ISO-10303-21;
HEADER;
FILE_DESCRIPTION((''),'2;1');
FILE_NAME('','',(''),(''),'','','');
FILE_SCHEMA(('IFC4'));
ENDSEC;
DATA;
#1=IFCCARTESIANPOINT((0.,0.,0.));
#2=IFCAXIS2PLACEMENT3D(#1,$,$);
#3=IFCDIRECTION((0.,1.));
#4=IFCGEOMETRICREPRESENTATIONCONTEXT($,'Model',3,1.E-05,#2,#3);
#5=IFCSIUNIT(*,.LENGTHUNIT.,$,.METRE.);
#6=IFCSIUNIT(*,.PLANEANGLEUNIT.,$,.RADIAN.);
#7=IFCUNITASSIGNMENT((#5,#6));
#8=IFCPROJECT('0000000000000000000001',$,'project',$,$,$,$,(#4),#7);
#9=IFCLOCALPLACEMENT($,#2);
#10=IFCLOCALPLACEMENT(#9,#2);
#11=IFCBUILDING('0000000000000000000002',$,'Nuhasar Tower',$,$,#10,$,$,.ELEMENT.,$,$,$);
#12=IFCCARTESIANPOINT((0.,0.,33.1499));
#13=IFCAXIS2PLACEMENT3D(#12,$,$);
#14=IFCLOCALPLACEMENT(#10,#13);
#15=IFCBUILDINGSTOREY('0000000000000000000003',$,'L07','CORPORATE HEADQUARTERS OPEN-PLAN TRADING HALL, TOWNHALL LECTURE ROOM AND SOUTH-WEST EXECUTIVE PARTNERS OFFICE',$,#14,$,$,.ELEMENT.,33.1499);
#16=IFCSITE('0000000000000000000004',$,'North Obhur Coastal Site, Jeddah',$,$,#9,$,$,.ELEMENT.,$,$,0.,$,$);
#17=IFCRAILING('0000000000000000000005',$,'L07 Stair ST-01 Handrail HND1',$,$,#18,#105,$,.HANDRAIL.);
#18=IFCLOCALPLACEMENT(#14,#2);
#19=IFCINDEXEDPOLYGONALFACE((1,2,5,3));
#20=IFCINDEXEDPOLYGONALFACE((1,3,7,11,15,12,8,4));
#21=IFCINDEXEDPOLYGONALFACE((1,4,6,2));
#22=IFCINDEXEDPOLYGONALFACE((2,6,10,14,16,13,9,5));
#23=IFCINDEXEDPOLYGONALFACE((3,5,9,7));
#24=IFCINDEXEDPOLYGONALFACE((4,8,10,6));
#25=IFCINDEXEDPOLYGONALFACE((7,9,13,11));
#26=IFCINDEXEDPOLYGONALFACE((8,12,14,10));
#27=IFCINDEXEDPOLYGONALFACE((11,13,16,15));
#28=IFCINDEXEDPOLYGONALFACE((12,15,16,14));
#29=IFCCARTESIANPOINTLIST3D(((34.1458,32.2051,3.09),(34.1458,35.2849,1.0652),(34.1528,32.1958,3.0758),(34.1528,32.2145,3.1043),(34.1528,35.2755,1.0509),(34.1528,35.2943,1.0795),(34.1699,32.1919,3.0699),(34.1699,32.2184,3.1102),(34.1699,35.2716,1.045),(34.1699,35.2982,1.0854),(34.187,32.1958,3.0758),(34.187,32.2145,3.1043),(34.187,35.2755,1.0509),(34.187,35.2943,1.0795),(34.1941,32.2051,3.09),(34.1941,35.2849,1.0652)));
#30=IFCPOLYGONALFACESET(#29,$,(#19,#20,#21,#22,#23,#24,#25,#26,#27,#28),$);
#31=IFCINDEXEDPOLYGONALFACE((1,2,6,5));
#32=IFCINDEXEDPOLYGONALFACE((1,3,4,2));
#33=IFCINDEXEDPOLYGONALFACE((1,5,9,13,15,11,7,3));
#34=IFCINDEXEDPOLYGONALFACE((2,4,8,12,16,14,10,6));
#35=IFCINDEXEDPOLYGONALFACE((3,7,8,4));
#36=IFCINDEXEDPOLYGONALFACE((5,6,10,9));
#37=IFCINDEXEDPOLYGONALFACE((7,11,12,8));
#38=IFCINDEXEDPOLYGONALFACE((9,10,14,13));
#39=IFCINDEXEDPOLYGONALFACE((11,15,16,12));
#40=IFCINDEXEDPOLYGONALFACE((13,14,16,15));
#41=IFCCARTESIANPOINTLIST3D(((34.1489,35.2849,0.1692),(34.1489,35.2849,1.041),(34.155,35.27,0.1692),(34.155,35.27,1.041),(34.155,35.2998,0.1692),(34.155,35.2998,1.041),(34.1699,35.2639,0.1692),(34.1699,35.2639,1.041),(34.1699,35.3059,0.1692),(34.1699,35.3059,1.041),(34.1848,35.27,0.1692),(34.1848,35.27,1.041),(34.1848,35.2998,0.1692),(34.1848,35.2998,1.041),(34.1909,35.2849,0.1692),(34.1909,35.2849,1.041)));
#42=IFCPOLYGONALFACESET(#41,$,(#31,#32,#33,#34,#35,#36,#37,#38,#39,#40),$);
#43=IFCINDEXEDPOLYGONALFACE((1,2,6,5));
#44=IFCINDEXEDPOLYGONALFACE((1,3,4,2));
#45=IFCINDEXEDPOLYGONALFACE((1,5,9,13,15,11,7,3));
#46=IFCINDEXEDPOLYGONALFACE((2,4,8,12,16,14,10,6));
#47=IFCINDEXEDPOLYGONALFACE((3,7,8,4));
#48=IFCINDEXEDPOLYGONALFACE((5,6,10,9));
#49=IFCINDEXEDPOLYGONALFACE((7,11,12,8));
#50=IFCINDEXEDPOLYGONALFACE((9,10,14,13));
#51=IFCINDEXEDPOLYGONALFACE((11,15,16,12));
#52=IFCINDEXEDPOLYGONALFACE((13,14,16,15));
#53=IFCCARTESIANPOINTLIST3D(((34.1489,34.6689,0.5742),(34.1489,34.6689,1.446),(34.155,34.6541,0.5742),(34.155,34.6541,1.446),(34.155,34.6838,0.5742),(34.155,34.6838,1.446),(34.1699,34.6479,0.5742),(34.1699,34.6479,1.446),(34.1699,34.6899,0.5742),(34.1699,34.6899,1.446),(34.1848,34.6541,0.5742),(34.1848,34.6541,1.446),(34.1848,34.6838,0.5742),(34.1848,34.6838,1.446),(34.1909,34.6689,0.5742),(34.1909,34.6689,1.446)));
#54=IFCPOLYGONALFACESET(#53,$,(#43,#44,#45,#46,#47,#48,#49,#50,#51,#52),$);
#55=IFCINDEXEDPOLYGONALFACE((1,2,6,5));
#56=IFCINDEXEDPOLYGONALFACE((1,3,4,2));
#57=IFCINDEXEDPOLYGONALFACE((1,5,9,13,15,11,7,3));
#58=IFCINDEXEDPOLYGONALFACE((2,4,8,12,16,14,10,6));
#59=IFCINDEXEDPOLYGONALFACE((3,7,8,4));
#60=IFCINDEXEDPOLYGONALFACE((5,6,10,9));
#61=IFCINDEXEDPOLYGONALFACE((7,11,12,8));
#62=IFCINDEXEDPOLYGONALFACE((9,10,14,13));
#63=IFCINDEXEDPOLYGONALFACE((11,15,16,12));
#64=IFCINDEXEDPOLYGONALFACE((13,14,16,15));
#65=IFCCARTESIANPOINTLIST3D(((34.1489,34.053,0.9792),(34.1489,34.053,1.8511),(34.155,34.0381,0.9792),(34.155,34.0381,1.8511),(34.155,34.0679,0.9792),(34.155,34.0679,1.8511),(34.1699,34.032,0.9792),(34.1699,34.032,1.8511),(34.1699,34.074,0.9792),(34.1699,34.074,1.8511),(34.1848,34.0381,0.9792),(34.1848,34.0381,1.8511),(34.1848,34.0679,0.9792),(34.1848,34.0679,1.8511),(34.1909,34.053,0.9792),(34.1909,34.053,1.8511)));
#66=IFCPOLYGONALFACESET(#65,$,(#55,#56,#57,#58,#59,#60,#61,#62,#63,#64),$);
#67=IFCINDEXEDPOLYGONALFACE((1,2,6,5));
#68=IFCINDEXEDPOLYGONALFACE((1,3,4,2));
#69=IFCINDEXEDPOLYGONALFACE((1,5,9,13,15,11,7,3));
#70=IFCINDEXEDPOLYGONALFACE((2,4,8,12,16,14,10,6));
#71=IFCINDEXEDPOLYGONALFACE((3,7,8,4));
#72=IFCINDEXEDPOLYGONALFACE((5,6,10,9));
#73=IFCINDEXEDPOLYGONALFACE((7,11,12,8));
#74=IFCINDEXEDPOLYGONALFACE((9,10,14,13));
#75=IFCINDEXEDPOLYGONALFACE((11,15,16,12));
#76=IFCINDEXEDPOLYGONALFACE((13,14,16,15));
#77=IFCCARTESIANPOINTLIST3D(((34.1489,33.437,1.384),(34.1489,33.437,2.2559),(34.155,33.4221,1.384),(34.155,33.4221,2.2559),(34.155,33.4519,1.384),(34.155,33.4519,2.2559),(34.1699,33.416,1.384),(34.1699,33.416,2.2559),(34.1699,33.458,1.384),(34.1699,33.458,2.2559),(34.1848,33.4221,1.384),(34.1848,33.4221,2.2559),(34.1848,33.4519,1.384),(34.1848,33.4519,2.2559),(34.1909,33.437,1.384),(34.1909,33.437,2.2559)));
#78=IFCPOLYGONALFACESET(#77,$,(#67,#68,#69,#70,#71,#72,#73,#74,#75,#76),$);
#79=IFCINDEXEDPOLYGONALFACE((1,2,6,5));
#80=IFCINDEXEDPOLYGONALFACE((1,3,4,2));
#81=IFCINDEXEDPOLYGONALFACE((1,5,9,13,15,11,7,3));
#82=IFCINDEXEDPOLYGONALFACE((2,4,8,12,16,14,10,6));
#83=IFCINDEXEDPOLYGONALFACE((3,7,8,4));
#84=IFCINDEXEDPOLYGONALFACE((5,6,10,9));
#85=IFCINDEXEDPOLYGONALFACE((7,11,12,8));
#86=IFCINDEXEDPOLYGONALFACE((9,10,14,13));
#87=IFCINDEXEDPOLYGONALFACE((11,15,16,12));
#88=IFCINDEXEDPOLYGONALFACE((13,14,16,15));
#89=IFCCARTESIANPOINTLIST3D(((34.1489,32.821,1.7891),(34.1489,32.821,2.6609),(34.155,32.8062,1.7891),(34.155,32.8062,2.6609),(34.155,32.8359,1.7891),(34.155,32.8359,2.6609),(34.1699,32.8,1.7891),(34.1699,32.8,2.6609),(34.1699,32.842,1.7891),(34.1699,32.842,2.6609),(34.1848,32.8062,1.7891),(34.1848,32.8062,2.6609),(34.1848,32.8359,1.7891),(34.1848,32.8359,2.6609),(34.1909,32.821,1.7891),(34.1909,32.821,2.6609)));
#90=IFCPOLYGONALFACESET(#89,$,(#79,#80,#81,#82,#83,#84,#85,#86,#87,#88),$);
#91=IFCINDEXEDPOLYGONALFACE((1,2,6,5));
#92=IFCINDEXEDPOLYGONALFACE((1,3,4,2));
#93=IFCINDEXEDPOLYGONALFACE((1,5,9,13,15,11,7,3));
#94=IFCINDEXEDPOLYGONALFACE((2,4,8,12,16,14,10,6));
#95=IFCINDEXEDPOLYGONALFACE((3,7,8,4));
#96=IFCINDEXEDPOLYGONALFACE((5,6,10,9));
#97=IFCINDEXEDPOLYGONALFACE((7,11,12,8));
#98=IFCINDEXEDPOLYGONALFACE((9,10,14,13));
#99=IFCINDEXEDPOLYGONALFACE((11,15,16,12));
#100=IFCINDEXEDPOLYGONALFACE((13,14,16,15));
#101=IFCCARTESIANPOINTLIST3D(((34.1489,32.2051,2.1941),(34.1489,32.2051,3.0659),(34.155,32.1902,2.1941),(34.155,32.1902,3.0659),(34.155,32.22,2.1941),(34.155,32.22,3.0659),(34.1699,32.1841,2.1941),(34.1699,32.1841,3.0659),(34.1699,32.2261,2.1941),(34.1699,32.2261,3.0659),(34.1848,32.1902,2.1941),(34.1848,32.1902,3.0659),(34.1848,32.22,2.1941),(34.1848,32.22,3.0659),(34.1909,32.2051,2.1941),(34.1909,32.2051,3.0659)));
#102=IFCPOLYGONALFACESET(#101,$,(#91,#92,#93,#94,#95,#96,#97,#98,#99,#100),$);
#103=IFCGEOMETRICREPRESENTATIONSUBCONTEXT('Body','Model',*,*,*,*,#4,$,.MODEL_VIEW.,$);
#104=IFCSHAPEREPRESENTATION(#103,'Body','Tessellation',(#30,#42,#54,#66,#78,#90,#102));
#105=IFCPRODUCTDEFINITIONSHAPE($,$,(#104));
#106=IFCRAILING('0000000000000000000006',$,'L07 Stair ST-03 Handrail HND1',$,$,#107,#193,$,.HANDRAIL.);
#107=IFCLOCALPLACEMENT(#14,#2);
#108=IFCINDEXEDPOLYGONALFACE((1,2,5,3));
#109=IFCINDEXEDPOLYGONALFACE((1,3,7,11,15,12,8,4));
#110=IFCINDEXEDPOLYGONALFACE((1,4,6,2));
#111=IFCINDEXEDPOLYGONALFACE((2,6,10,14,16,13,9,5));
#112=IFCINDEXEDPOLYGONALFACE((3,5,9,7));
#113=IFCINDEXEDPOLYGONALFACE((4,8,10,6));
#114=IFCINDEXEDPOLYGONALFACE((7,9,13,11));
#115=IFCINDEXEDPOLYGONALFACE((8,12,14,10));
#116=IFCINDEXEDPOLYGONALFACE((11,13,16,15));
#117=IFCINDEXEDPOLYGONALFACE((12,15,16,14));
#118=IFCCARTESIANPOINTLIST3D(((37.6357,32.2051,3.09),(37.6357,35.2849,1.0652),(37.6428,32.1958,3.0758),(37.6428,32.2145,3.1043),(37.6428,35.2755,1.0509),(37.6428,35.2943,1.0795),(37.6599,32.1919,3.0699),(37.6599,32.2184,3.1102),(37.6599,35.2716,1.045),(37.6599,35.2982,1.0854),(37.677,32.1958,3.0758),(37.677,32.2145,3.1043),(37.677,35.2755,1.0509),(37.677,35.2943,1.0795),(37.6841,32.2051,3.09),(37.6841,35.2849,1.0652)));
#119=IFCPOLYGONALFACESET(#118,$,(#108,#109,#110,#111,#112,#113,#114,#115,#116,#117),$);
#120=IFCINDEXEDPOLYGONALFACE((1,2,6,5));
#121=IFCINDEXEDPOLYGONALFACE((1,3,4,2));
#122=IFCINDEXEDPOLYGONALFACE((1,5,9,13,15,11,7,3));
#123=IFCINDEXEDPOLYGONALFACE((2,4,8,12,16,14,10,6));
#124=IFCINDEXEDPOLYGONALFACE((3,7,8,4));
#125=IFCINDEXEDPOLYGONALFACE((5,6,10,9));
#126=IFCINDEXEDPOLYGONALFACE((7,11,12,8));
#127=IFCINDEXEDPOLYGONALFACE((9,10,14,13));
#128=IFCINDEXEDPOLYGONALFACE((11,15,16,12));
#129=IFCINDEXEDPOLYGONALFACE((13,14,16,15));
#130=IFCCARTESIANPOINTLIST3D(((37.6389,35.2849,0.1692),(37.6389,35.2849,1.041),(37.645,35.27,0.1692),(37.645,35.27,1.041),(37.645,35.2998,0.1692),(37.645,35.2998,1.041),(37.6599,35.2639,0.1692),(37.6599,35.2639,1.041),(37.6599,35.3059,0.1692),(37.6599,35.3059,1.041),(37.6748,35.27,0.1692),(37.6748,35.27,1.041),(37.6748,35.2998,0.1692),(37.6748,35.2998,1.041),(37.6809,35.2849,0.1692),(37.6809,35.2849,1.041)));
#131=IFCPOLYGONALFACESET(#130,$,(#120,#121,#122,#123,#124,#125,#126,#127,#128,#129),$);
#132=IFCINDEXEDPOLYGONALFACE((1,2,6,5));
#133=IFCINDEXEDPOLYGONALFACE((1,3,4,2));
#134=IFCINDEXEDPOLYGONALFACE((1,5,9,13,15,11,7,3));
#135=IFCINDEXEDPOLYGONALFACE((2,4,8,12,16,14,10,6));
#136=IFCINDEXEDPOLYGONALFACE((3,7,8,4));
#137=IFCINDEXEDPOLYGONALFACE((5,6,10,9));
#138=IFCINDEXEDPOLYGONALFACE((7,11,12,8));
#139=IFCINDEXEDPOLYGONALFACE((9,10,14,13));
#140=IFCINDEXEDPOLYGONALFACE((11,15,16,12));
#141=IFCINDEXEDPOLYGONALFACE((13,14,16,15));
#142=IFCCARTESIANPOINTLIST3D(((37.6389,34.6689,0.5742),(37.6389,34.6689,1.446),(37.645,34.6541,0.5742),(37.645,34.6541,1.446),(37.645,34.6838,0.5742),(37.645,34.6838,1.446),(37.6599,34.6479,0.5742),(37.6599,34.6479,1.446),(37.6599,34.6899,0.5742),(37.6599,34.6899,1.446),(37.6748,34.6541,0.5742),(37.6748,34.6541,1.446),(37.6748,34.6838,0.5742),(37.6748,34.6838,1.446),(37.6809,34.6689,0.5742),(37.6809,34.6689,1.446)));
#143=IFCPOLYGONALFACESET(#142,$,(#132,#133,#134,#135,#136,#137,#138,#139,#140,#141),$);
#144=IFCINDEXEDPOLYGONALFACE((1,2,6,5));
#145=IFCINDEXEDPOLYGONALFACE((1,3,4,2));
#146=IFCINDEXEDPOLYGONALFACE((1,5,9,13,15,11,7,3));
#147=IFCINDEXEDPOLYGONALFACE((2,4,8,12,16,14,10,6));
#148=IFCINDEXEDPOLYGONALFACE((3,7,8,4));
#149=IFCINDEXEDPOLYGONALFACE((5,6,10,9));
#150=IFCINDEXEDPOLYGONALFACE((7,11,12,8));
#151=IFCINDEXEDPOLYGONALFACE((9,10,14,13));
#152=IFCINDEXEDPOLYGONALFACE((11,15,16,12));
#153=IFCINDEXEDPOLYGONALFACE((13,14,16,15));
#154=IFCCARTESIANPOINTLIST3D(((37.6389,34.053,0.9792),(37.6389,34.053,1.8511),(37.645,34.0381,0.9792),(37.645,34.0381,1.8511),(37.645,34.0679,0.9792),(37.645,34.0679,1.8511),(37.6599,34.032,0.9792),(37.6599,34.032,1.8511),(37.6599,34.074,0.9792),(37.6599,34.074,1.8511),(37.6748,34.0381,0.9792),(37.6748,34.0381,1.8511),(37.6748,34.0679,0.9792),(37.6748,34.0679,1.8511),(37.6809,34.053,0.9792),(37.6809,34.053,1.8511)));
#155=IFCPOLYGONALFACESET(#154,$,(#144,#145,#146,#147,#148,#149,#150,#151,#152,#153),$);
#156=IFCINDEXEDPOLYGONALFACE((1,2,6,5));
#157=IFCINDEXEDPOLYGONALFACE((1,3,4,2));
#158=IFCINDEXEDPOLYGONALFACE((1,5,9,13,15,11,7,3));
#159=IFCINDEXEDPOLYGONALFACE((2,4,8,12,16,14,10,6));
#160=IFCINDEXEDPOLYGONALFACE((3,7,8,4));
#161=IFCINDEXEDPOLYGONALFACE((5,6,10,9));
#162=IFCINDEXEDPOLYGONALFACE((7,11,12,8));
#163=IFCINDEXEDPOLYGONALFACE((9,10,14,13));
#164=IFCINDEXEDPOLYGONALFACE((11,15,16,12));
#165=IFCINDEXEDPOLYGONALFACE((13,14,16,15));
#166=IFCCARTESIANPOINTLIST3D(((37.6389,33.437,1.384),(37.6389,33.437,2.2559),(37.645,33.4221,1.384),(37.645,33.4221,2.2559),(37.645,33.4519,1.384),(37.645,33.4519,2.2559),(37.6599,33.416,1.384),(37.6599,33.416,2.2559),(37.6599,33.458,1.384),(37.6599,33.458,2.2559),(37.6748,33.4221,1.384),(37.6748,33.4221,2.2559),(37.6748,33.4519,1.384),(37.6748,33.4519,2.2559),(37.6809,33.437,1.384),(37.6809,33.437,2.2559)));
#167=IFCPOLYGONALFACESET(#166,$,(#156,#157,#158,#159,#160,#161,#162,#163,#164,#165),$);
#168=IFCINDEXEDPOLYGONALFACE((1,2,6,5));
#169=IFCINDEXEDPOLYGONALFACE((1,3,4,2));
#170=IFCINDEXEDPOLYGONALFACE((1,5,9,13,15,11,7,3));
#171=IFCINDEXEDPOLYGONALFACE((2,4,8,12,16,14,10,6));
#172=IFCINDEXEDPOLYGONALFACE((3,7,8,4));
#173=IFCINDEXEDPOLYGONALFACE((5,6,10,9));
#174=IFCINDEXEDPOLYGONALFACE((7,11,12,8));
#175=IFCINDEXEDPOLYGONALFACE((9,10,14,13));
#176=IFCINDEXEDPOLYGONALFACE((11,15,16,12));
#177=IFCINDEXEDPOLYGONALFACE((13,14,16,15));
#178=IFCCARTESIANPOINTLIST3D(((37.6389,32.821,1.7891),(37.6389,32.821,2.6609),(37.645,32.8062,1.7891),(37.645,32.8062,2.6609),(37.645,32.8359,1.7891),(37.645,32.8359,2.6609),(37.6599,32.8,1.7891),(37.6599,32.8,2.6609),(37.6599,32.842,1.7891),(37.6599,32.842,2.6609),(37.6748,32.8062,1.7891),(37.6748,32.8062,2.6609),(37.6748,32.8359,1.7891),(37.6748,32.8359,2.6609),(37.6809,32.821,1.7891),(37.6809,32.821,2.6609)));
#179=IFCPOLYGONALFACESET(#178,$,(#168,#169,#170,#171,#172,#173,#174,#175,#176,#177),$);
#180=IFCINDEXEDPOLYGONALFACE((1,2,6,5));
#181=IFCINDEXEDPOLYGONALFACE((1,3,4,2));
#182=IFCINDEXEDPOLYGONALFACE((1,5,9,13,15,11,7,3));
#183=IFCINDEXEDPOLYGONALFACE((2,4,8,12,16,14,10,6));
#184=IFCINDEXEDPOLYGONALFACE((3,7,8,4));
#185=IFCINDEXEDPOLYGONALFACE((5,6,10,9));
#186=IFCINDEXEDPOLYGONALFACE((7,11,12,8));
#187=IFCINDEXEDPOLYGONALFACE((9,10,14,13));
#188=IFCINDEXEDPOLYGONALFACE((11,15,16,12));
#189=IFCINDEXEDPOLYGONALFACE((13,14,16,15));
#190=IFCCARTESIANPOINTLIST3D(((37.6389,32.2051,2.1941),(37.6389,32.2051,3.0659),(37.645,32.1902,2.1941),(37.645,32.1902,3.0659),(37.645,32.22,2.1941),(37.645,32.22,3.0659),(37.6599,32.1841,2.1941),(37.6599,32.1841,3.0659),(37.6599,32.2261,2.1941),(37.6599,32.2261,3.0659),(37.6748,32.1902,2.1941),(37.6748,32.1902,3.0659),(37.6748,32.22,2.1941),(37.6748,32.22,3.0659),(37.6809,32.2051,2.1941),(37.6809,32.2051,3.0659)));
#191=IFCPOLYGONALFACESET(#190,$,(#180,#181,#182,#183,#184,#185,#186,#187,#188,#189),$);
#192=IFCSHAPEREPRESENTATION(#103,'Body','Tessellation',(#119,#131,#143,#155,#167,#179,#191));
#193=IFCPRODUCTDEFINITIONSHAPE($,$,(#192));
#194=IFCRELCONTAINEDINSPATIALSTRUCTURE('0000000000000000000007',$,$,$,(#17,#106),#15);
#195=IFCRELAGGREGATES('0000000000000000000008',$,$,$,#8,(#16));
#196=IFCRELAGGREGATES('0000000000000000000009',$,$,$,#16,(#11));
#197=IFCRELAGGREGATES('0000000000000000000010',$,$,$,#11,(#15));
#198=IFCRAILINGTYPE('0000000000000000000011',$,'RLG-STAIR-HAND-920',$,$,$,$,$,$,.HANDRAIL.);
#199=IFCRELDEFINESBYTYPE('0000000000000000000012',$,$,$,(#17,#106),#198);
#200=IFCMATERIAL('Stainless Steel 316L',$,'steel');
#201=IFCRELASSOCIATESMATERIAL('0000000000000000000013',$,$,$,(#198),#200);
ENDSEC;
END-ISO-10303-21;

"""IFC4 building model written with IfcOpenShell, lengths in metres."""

from ifc_helpers import new_model, si_unit, direction, frame, origin, place, context, subcontext, project, spatial, polyline, outline, extrude, material, type_object, element, save


model = new_model("IFC4")

# Units and contexts
model_context = context("Model", 3, precision=1e-05, world=origin(), true_north=direction((0.0, 1.0)))
body_context = subcontext(model_context, "Body", "Model", "MODEL_VIEW")
ifc_project = project(units=[si_unit("LENGTHUNIT", "METRE"), si_unit("PLANEANGLEUNIT", "RADIAN")], contexts=[model_context])

# Site, building, storey
site_placement = place(None, origin())
site = spatial("IfcSite", under=ifc_project, at=site_placement, Name="North Obhur Coastal Site, Jeddah", CompositionType="ELEMENT", RefElevation=0.0)
building_placement = place(site_placement, origin())
building = spatial("IfcBuilding", under=site, at=building_placement, Name="Nuhasar Tower", CompositionType="ELEMENT")
storey_placement = place(building_placement, frame((0.0, 0.0, 33.1499)))
storey = spatial("IfcBuildingStorey", under=building, at=storey_placement, Name="L07", Description="CORPORATE HEADQUARTERS OPEN-PLAN TRADING HALL, TOWNHALL LECTURE ROOM AND SOUTH-WEST EXECUTIVE PARTNERS OFFICE", CompositionType="ELEMENT", Elevation=33.1499)

# Railings
ifc_material_1 = material(Name="Stainless Steel 316L", Category="steel")
railing_type_1 = type_object("IfcRailingType", Name="RLG-STAIR-HAND-920", PredefinedType="HANDRAIL", material=ifc_material_1)
railing_1_placement = place(storey_placement, frame((34.1699, 35.2849, 0.1692)))
element("IfcRailing", 1, at=railing_1_placement, inside=storey, type_object=railing_type_1, Name="L07 Stair ST-01 Handrail HND1", PredefinedType="HANDRAIL", context=body_context, shape_type="SweptSolid", body=[
    extrude(outline(polyline([(0.0242, 0.0), (0.0171, 0.0171), (0.0, 0.0242), (-0.0171, 0.0171), (-0.0242, 0.0), (-0.0171, -0.0171), (0.0, -0.0242), (0.0171, -0.0171), (0.0242, 0.0)])), frame((0.0, 0.0, 0.896), z_axis=(0.0, -0.83558, 0.54937), x_axis=(1.0, 0.0, 0.0)), (0.0, 0.0, 1.0), 3.6858),
    extrude(outline(polyline([(0.021, 0.0), (0.0149, 0.0149), (0.0, 0.021), (-0.0149, 0.0149), (-0.021, 0.0), (-0.0149, -0.0149), (0.0, -0.021), (0.0149, -0.0149), (0.021, 0.0)])), origin(), (0.0, 0.0, 1.0), 0.8718),
    extrude(outline(polyline([(0.021, 0.0), (0.0149, 0.0149), (0.0, 0.021), (-0.0149, 0.0149), (-0.021, 0.0), (-0.0149, -0.0149), (0.0, -0.021), (0.0149, -0.0149), (0.021, 0.0)])), frame((0.0, -0.616, 0.405)), (0.0, 0.0, 1.0), 0.8718),
    extrude(outline(polyline([(0.021, 0.0), (0.0149, 0.0149), (0.0, 0.021), (-0.0149, 0.0149), (-0.021, 0.0), (-0.0149, -0.0149), (0.0, -0.021), (0.0149, -0.0149), (0.021, 0.0)])), frame((0.0, -1.2319, 0.8101)), (0.0, 0.0, 1.0), 0.8718),
    extrude(outline(polyline([(0.021, 0.0), (0.0149, 0.0149), (0.0, 0.021), (-0.0149, 0.0149), (-0.021, 0.0), (-0.0149, -0.0149), (0.0, -0.021), (0.0149, -0.0149), (0.021, 0.0)])), frame((0.0, -1.8479, 1.2148)), (0.0, 0.0, 1.0), 0.8718),
    extrude(outline(polyline([(0.021, 0.0), (0.0149, 0.0149), (0.0, 0.021), (-0.0149, 0.0149), (-0.021, 0.0), (-0.0149, -0.0149), (0.0, -0.021), (0.0149, -0.0149), (0.021, 0.0)])), frame((0.0, -2.4639, 1.6199)), (0.0, 0.0, 1.0), 0.8718),
    extrude(outline(polyline([(0.021, 0.0), (0.0149, 0.0149), (0.0, 0.021), (-0.0149, 0.0149), (-0.021, 0.0), (-0.0149, -0.0149), (0.0, -0.021), (0.0149, -0.0149), (0.021, 0.0)])), frame((0.0, -3.0798, 2.0249)), (0.0, 0.0, 1.0), 0.8718),
])
railing_2_placement = place(storey_placement, frame((37.6599, 35.2849, 0.1692)))
element("IfcRailing", 2, at=railing_2_placement, inside=storey, type_object=railing_type_1, Name="L07 Stair ST-03 Handrail HND1", PredefinedType="HANDRAIL", context=body_context, shape_type="SweptSolid", body=[
    extrude(outline(polyline([(0.0242, 0.0), (0.0171, 0.0171), (0.0, 0.0242), (-0.0171, 0.0171), (-0.0242, 0.0), (-0.0171, -0.0171), (0.0, -0.0242), (0.0171, -0.0171), (0.0242, 0.0)])), frame((0.0, 0.0, 0.896), z_axis=(0.0, -0.83558, 0.54937), x_axis=(1.0, 0.0, 0.0)), (0.0, 0.0, 1.0), 3.6858),
    extrude(outline(polyline([(0.021, 0.0), (0.0149, 0.0149), (0.0, 0.021), (-0.0149, 0.0149), (-0.021, 0.0), (-0.0149, -0.0149), (0.0, -0.021), (0.0149, -0.0149), (0.021, 0.0)])), origin(), (0.0, 0.0, 1.0), 0.8718),
    extrude(outline(polyline([(0.021, 0.0), (0.0149, 0.0149), (0.0, 0.021), (-0.0149, 0.0149), (-0.021, 0.0), (-0.0149, -0.0149), (0.0, -0.021), (0.0149, -0.0149), (0.021, 0.0)])), frame((0.0, -0.616, 0.405)), (0.0, 0.0, 1.0), 0.8718),
    extrude(outline(polyline([(0.021, 0.0), (0.0149, 0.0149), (0.0, 0.021), (-0.0149, 0.0149), (-0.021, 0.0), (-0.0149, -0.0149), (0.0, -0.021), (0.0149, -0.0149), (0.021, 0.0)])), frame((0.0, -1.2319, 0.8101)), (0.0, 0.0, 1.0), 0.8718),
    extrude(outline(polyline([(0.021, 0.0), (0.0149, 0.0149), (0.0, 0.021), (-0.0149, 0.0149), (-0.021, 0.0), (-0.0149, -0.0149), (0.0, -0.021), (0.0149, -0.0149), (0.021, 0.0)])), frame((0.0, -1.8479, 1.2148)), (0.0, 0.0, 1.0), 0.8718),
    extrude(outline(polyline([(0.021, 0.0), (0.0149, 0.0149), (0.0, 0.021), (-0.0149, 0.0149), (-0.021, 0.0), (-0.0149, -0.0149), (0.0, -0.021), (0.0149, -0.0149), (0.021, 0.0)])), frame((0.0, -2.4639, 1.6199)), (0.0, 0.0, 1.0), 0.8718),
    extrude(outline(polyline([(0.021, 0.0), (0.0149, 0.0149), (0.0, 0.021), (-0.0149, 0.0149), (-0.021, 0.0), (-0.0149, -0.0149), (0.0, -0.021), (0.0149, -0.0149), (0.021, 0.0)])), frame((0.0, -3.0798, 2.0249)), (0.0, 0.0, 1.0), 0.8718),
])

save(model, "model.ifc")
